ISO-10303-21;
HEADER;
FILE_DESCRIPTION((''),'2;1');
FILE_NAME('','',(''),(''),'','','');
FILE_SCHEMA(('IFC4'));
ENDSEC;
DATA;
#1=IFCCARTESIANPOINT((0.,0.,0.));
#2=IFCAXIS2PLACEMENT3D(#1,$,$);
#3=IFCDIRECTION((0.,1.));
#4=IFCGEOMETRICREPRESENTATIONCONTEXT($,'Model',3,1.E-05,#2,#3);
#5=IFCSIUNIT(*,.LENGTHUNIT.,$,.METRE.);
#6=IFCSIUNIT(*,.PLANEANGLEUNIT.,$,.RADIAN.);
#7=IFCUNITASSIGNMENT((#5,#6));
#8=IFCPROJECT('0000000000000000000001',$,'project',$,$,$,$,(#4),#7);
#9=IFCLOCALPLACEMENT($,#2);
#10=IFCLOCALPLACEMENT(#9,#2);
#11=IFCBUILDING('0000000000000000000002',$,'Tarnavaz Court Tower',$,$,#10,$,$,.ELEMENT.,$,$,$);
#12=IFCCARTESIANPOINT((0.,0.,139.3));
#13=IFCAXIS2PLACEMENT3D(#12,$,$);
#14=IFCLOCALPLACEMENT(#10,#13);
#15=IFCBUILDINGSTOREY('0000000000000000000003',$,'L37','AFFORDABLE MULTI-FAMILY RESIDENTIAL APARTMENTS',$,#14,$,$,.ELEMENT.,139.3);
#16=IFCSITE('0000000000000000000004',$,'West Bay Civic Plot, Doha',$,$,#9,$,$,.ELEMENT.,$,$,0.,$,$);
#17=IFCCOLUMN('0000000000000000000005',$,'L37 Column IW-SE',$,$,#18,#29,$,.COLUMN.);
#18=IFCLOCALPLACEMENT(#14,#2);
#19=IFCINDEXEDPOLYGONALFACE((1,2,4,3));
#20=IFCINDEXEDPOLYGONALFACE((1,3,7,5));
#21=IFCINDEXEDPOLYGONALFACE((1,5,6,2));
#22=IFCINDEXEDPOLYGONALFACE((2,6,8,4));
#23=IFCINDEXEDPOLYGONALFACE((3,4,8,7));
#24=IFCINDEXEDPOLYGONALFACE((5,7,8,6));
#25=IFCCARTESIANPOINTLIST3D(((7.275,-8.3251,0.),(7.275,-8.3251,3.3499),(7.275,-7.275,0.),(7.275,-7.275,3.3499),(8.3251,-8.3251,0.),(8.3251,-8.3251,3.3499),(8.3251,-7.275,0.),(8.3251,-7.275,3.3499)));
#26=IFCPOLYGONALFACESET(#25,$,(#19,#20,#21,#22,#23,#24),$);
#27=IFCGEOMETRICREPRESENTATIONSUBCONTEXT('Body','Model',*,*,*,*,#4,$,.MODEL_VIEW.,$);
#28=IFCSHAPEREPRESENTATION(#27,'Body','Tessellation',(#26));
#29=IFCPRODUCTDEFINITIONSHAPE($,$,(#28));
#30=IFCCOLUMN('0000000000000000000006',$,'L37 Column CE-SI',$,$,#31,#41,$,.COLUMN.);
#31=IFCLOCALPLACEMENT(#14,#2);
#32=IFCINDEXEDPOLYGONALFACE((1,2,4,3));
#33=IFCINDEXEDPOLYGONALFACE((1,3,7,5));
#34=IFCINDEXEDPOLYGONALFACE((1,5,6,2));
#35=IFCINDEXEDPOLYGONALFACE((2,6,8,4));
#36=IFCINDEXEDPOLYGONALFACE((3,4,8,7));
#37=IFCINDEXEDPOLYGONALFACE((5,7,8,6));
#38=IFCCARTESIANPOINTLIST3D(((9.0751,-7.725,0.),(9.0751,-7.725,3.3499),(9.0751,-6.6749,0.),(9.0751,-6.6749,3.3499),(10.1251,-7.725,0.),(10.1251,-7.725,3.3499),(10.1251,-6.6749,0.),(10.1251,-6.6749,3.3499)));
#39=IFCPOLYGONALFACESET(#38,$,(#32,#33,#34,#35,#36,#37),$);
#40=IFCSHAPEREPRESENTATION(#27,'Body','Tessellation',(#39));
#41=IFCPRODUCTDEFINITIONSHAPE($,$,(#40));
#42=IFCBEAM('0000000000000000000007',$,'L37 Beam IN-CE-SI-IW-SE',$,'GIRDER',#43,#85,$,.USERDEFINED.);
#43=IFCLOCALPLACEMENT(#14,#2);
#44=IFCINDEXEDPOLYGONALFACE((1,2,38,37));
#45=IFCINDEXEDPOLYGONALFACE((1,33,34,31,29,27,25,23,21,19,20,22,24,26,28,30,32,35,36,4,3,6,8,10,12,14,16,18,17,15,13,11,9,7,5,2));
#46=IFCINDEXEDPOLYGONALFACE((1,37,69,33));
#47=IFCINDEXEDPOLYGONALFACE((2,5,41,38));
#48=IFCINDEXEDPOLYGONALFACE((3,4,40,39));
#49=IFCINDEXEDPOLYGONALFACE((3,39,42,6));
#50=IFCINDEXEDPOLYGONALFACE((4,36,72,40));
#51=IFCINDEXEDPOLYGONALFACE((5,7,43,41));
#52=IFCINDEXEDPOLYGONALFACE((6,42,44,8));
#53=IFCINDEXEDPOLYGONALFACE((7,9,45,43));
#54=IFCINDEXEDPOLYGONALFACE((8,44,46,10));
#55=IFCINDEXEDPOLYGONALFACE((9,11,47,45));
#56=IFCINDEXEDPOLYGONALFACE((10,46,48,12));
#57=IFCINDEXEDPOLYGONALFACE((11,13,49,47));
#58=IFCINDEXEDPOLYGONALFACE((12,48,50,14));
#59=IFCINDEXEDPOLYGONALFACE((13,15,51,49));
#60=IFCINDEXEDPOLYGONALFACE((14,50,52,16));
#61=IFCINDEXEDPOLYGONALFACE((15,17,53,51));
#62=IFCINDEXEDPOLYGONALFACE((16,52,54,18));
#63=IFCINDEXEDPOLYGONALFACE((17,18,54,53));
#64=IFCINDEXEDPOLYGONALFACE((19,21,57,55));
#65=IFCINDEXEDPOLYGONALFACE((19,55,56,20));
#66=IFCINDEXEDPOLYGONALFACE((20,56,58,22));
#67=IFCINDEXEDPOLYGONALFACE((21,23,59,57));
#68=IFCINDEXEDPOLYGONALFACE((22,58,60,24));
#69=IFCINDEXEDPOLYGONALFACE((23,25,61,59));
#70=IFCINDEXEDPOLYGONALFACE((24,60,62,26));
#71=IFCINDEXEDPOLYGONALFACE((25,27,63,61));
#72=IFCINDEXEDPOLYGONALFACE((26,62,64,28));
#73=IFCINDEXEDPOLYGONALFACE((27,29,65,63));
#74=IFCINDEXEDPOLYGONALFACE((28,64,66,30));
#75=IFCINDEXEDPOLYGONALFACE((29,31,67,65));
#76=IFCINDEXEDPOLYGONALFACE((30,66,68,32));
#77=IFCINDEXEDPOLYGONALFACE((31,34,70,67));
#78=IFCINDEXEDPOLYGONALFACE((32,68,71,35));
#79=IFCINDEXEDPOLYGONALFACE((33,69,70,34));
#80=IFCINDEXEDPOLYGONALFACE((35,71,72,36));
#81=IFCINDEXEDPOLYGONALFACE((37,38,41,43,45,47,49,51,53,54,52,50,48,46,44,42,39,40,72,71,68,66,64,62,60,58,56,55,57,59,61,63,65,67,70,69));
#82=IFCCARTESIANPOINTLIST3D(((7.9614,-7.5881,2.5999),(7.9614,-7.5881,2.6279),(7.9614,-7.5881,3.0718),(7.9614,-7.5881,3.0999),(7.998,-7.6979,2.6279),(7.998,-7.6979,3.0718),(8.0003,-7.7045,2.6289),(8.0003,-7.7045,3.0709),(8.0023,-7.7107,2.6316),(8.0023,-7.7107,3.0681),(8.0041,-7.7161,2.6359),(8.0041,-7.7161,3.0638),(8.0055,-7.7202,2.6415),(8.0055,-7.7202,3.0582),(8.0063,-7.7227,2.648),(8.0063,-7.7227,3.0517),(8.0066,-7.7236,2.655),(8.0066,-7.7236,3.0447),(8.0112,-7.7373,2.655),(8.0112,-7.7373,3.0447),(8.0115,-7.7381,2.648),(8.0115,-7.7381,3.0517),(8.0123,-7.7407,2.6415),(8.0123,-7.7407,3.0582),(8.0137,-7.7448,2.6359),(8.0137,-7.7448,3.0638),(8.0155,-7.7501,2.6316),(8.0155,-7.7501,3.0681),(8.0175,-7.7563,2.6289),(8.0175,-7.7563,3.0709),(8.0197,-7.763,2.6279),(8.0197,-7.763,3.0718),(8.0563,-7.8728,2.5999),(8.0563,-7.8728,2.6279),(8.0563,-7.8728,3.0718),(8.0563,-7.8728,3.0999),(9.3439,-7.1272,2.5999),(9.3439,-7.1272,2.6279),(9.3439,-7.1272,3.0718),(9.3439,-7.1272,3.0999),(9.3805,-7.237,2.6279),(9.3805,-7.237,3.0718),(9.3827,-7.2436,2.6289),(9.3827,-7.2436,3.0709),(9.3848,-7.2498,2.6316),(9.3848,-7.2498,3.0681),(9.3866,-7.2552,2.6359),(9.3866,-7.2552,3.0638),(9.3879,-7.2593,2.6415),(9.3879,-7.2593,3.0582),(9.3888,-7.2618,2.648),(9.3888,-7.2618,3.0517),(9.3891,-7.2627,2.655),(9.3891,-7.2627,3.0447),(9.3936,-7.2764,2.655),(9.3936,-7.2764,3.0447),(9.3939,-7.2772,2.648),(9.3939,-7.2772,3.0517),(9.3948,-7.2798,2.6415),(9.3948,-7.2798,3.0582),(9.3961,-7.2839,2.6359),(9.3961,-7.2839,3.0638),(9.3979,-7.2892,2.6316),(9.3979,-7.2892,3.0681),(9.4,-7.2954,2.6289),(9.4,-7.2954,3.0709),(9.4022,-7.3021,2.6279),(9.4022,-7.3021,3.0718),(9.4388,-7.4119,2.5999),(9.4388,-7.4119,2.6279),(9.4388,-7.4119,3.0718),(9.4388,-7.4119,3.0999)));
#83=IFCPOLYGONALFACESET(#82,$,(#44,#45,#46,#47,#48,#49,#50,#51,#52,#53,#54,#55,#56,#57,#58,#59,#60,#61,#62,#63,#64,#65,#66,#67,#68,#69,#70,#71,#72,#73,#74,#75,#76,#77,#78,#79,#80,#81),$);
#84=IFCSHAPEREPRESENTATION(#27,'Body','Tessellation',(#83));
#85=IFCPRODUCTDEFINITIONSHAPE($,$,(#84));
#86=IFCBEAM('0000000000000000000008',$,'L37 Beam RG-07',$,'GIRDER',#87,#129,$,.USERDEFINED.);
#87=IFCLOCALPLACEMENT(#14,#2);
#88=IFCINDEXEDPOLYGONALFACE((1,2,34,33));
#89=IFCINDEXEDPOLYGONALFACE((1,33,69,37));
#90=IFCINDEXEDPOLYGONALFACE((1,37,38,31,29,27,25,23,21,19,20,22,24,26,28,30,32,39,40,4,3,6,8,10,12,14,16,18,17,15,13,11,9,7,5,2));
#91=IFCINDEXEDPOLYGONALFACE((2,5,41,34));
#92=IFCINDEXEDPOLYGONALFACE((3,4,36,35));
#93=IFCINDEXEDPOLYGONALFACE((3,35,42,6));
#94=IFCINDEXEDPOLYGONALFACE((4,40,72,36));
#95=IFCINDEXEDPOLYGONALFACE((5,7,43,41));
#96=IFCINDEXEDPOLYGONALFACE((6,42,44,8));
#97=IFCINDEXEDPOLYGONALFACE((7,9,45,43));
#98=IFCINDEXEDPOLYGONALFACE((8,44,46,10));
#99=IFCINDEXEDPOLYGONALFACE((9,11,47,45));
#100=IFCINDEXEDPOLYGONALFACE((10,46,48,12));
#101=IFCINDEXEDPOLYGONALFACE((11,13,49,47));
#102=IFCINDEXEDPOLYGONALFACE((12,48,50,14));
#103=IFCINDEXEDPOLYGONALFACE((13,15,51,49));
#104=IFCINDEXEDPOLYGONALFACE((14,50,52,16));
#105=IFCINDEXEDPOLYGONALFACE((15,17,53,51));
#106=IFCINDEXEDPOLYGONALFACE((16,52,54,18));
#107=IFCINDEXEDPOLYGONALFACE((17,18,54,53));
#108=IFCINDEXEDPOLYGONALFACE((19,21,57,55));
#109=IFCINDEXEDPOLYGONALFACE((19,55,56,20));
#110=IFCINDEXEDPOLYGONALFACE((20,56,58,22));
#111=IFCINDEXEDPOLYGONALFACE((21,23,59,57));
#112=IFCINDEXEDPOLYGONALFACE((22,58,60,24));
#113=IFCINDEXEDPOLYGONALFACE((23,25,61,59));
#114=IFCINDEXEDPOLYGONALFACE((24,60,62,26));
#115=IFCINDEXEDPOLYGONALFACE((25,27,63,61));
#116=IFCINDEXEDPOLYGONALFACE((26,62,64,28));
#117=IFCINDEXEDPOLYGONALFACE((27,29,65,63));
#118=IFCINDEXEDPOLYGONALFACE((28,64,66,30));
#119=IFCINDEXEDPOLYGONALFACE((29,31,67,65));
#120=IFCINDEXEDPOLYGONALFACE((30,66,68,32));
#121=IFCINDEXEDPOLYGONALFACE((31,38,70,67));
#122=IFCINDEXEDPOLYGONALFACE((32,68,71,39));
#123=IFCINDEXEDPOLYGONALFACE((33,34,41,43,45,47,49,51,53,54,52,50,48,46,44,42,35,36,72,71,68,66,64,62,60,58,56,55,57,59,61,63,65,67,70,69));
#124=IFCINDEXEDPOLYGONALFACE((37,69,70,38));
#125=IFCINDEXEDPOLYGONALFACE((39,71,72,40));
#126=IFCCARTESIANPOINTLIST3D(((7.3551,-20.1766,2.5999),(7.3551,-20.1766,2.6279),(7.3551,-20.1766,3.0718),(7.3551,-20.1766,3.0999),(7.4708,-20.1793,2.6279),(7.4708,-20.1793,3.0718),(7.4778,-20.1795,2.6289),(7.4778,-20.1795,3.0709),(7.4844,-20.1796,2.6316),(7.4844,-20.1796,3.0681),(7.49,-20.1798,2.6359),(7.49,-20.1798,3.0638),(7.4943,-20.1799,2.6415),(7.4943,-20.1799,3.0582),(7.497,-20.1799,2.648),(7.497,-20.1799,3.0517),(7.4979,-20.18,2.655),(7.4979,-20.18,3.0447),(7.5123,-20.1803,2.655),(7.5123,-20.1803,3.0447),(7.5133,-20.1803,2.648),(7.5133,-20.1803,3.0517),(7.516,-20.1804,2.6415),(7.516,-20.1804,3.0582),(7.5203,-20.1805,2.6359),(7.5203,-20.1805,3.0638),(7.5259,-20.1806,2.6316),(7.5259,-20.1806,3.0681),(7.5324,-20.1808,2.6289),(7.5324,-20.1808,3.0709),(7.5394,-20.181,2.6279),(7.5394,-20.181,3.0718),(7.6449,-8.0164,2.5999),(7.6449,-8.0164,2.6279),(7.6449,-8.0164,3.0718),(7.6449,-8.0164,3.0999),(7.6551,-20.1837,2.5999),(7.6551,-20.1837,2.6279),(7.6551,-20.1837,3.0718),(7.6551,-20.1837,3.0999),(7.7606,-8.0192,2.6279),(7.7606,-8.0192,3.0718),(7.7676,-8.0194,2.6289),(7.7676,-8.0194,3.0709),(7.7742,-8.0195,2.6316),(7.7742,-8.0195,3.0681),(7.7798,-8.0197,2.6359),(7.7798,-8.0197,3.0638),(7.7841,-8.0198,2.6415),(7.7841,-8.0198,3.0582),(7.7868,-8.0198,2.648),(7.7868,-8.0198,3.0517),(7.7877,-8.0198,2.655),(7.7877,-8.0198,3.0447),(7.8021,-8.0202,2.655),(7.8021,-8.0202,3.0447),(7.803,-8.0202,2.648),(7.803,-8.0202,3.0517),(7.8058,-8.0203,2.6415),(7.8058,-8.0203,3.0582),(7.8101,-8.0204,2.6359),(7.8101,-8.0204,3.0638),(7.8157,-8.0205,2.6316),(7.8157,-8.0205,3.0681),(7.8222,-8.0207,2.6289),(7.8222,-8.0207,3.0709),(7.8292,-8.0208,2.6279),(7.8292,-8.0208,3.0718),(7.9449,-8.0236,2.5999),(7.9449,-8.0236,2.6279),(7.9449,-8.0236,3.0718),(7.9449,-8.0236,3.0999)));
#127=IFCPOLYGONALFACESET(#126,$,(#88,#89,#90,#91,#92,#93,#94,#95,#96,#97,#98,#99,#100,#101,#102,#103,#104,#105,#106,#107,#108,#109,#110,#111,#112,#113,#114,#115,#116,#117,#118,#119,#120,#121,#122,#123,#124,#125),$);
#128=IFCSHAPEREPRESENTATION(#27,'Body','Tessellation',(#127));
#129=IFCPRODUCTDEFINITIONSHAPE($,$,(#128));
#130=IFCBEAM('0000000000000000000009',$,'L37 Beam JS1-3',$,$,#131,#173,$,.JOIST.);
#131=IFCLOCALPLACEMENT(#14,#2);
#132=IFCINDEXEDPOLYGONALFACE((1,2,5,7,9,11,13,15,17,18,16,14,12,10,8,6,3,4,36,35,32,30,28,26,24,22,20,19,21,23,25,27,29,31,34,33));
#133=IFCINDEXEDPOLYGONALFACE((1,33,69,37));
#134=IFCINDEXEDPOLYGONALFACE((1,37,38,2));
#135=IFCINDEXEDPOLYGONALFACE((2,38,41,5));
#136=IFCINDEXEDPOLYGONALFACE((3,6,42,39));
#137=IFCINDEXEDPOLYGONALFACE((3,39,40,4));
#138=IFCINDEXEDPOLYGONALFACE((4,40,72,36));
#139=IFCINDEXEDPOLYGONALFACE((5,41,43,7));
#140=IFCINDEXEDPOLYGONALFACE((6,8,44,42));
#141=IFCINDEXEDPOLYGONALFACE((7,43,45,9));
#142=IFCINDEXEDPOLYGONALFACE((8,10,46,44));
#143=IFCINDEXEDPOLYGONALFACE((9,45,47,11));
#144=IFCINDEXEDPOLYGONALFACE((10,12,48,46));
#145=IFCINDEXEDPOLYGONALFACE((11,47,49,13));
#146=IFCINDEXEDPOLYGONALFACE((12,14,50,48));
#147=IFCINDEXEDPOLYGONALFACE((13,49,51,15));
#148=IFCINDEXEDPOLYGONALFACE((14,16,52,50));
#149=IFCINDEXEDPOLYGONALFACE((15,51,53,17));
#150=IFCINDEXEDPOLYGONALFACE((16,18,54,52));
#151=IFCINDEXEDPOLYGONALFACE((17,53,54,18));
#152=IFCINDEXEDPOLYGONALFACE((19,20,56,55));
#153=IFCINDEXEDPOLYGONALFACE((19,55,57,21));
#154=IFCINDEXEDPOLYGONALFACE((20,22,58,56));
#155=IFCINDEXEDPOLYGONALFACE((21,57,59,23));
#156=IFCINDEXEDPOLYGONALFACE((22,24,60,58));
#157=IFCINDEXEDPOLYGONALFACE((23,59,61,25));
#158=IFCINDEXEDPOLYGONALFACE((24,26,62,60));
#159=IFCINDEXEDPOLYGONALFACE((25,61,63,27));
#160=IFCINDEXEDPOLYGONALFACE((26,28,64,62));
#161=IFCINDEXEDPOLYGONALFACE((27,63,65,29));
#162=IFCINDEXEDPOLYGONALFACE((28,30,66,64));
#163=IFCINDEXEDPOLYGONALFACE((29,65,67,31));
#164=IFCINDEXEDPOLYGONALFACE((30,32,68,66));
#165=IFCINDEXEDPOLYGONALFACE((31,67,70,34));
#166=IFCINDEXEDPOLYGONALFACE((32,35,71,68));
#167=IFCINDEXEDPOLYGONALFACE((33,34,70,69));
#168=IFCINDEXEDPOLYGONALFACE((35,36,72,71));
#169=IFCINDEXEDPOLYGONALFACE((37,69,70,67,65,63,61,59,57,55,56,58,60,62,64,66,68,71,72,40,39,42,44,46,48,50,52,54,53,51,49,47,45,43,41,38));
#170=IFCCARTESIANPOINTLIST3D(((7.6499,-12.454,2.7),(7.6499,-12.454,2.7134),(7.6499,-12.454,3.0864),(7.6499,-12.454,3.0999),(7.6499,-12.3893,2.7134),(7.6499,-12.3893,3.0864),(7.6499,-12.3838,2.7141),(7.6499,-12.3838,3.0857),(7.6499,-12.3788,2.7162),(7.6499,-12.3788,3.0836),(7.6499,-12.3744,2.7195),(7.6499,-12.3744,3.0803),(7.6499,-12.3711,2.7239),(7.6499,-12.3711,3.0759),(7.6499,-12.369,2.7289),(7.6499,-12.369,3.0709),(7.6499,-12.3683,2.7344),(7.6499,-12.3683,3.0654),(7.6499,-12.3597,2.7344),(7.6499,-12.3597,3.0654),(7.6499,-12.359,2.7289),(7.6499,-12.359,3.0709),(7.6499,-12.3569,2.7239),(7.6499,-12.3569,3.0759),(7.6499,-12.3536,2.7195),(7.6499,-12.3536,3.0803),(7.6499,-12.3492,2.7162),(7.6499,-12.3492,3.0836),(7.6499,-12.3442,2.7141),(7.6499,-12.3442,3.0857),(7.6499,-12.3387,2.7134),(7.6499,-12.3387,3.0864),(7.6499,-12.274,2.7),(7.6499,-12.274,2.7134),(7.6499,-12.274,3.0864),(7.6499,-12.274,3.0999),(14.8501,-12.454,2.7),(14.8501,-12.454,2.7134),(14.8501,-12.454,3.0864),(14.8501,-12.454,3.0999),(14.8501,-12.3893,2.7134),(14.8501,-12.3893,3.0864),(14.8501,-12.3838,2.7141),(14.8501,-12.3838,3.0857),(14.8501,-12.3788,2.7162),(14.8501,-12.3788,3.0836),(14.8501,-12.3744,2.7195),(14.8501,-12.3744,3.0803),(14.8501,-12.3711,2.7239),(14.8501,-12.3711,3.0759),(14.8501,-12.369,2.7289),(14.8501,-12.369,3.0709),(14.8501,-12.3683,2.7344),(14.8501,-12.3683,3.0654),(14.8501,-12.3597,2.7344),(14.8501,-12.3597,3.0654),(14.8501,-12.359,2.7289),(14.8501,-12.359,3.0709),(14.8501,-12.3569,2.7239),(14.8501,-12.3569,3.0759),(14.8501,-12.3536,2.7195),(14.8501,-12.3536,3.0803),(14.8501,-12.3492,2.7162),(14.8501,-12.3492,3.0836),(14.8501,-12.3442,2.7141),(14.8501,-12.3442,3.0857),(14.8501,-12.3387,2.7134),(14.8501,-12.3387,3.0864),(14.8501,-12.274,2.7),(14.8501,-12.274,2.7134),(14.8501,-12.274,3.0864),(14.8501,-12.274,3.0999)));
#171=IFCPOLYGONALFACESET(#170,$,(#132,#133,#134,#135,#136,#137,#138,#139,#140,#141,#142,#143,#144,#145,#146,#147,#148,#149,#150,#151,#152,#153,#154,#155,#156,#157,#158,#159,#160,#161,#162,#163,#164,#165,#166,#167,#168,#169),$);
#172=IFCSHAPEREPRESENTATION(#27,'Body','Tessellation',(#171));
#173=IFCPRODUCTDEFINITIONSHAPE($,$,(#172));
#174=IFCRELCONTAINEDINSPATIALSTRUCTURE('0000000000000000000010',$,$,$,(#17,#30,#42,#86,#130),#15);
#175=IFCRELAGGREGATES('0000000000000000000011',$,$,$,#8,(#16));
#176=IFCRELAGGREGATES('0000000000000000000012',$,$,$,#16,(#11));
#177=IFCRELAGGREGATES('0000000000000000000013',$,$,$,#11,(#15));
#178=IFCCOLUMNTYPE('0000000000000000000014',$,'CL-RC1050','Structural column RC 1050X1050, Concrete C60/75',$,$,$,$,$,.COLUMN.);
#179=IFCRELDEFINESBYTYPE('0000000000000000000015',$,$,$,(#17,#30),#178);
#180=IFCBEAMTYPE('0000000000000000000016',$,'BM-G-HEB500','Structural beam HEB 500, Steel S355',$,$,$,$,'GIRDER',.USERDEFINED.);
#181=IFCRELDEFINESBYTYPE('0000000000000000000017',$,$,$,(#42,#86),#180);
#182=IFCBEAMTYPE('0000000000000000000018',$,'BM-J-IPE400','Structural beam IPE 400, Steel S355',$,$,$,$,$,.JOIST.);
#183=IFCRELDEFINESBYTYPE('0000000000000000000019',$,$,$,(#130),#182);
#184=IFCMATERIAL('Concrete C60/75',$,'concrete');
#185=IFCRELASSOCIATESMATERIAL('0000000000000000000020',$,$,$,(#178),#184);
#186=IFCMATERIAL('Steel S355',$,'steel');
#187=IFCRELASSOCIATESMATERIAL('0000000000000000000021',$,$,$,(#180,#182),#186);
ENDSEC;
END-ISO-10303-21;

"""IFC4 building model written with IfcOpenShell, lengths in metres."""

from ifc_helpers import new_model, si_unit, direction, frame, origin, origin_2d, place, context, subcontext, project, spatial, rectangle, i_section, extrude, material, material_profile, profile_set, type_object, element, save


model = new_model("IFC4")

# Units and contexts
model_context = context("Model", 3, precision=1e-05, world=origin(), true_north=direction((0.0, 1.0)))
body_context = subcontext(model_context, "Body", "Model", "MODEL_VIEW")
ifc_project = project(units=[si_unit("LENGTHUNIT", "METRE"), si_unit("PLANEANGLEUNIT", "RADIAN")], contexts=[model_context])

# Site, building, storey
site_placement = place(None, origin())
site = spatial("IfcSite", under=ifc_project, at=site_placement, Name="West Bay Civic Plot, Doha", CompositionType="ELEMENT", RefElevation=0.0)
building_placement = place(site_placement, origin())
building = spatial("IfcBuilding", under=site, at=building_placement, Name="Tarnavaz Court Tower", CompositionType="ELEMENT")
storey_placement = place(building_placement, frame((0.0, 0.0, 139.3)))
storey = spatial("IfcBuildingStorey", under=building, at=storey_placement, Name="L37", Description="AFFORDABLE MULTI-FAMILY RESIDENTIAL APARTMENTS", CompositionType="ELEMENT", Elevation=139.3)

# Columns
ifc_material_1 = material(Name="Concrete C60/75", Category="concrete")
ifc_material_profile_1 = material_profile(ifc_material_1, rectangle(XDim=1.05, YDim=1.05, at=origin_2d()), Name="RC 1050X1050")
ifc_profile_set_1 = profile_set([ifc_material_profile_1], Name="Concrete C60/75")
column_type = type_object("IfcColumnType", Name="CL-RC1050", Description="Structural column RC 1050X1050, Concrete C60/75", PredefinedType="COLUMN", material=ifc_profile_set_1)
for number, where, z_axis, x_axis, name in (
    (1, (7.8, -7.8, 0.0), (0.0, 0.0, 1.0), (1.0, 0.0, 0.0), "L37 Column IW-SE"),
    (2, (9.6001, -7.2, 0.0), (0.0, 0.0, 1.0), (1.0, 0.0, 0.0), "L37 Column CE-SI"),
):
    element("IfcColumn", number, at=place(storey_placement, frame(where, z_axis=z_axis, x_axis=x_axis)), inside=storey, type_object=column_type, Name=name, PredefinedType="COLUMN", context=body_context, shape_type="SweptSolid", body=[
        extrude(rectangle(XDim=1.05, YDim=1.05, at=origin_2d()), origin(), (0.0, 0.0, 1.0), 3.3499),
    ])

# Beams
ifc_material_2 = material(Name="Steel S355", Category="steel")
ifc_material_profile_2 = material_profile(ifc_material_2, i_section(OverallWidth=0.3, OverallDepth=0.5, WebThickness=0.0144, FlangeThickness=0.0281, FilletRadius=0.0271, at=origin_2d()), Name="HEB 500")
ifc_profile_set_2 = profile_set([ifc_material_profile_2], Name="Steel S355")
beam_type_1 = type_object("IfcBeamType", Name="BM-G-HEB500", Description="Structural beam HEB 500, Steel S355", ElementType="GIRDER", PredefinedType="USERDEFINED", material=ifc_profile_set_2)
beam_1_placement = place(storey_placement, frame((9.3914, -7.2695, 2.8499), z_axis=(-0.948667, -0.316278, 0.0), x_axis=(0.316278, -0.948667, 0.0)))
element("IfcBeam", 3, at=beam_1_placement, inside=storey, type_object=beam_type_1, Name="L37 Beam IN-CE-SI-IW-SE", ObjectType="GIRDER", PredefinedType="USERDEFINED", context=body_context, shape_type="SweptSolid", body=[
    extrude(i_section(OverallWidth=0.3, OverallDepth=0.5, WebThickness=0.0144, FlangeThickness=0.0281, FilletRadius=0.0271, at=origin_2d()), origin(), (0.0, 0.0, 1.0), 1.4573),
])
beam_2_placement = place(storey_placement, frame((7.7949, -8.02, 2.8499), z_axis=(-0.023825, -0.999716, 0.0), x_axis=(0.999716, -0.023825, 0.0)))
element("IfcBeam", 4, at=beam_2_placement, inside=storey, type_object=beam_type_1, Name="L37 Beam RG-07", ObjectType="GIRDER", PredefinedType="USERDEFINED", context=body_context, shape_type="SweptSolid", body=[
    extrude(i_section(OverallWidth=0.3, OverallDepth=0.5, WebThickness=0.0144, FlangeThickness=0.0281, FilletRadius=0.0271, at=origin_2d()), origin(), (0.0, 0.0, 1.0), 12.1636),
])
ifc_material_profile_3 = material_profile(ifc_material_2, i_section(OverallWidth=0.1799, OverallDepth=0.3999, WebThickness=0.0085, FlangeThickness=0.0134, FilletRadius=0.021, at=origin_2d()), Name="IPE 400")
ifc_profile_set_3 = profile_set([ifc_material_profile_3], Name="Steel S355")
beam_type_2 = type_object("IfcBeamType", Name="BM-J-IPE400", Description="Structural beam IPE 400, Steel S355", PredefinedType="JOIST", material=ifc_profile_set_3)
for number, where, z_axis, x_axis, name in (
    (5, (7.6499, -12.364, 2.8999), (1.0, 0.0, 0.0), (0.0, 1.0, 0.0), "L37 Beam JS1-3"),
):
    element("IfcBeam", number, at=place(storey_placement, frame(where, z_axis=z_axis, x_axis=x_axis)), inside=storey, type_object=beam_type_2, Name=name, PredefinedType="JOIST", context=body_context, shape_type="SweptSolid", body=[
        extrude(i_section(OverallWidth=0.1799, OverallDepth=0.3999, WebThickness=0.0085, FlangeThickness=0.0134, FilletRadius=0.021, at=origin_2d()), origin(), (0.0, 0.0, 1.0), 7.2002),
    ])

save(model, "model.ifc")
